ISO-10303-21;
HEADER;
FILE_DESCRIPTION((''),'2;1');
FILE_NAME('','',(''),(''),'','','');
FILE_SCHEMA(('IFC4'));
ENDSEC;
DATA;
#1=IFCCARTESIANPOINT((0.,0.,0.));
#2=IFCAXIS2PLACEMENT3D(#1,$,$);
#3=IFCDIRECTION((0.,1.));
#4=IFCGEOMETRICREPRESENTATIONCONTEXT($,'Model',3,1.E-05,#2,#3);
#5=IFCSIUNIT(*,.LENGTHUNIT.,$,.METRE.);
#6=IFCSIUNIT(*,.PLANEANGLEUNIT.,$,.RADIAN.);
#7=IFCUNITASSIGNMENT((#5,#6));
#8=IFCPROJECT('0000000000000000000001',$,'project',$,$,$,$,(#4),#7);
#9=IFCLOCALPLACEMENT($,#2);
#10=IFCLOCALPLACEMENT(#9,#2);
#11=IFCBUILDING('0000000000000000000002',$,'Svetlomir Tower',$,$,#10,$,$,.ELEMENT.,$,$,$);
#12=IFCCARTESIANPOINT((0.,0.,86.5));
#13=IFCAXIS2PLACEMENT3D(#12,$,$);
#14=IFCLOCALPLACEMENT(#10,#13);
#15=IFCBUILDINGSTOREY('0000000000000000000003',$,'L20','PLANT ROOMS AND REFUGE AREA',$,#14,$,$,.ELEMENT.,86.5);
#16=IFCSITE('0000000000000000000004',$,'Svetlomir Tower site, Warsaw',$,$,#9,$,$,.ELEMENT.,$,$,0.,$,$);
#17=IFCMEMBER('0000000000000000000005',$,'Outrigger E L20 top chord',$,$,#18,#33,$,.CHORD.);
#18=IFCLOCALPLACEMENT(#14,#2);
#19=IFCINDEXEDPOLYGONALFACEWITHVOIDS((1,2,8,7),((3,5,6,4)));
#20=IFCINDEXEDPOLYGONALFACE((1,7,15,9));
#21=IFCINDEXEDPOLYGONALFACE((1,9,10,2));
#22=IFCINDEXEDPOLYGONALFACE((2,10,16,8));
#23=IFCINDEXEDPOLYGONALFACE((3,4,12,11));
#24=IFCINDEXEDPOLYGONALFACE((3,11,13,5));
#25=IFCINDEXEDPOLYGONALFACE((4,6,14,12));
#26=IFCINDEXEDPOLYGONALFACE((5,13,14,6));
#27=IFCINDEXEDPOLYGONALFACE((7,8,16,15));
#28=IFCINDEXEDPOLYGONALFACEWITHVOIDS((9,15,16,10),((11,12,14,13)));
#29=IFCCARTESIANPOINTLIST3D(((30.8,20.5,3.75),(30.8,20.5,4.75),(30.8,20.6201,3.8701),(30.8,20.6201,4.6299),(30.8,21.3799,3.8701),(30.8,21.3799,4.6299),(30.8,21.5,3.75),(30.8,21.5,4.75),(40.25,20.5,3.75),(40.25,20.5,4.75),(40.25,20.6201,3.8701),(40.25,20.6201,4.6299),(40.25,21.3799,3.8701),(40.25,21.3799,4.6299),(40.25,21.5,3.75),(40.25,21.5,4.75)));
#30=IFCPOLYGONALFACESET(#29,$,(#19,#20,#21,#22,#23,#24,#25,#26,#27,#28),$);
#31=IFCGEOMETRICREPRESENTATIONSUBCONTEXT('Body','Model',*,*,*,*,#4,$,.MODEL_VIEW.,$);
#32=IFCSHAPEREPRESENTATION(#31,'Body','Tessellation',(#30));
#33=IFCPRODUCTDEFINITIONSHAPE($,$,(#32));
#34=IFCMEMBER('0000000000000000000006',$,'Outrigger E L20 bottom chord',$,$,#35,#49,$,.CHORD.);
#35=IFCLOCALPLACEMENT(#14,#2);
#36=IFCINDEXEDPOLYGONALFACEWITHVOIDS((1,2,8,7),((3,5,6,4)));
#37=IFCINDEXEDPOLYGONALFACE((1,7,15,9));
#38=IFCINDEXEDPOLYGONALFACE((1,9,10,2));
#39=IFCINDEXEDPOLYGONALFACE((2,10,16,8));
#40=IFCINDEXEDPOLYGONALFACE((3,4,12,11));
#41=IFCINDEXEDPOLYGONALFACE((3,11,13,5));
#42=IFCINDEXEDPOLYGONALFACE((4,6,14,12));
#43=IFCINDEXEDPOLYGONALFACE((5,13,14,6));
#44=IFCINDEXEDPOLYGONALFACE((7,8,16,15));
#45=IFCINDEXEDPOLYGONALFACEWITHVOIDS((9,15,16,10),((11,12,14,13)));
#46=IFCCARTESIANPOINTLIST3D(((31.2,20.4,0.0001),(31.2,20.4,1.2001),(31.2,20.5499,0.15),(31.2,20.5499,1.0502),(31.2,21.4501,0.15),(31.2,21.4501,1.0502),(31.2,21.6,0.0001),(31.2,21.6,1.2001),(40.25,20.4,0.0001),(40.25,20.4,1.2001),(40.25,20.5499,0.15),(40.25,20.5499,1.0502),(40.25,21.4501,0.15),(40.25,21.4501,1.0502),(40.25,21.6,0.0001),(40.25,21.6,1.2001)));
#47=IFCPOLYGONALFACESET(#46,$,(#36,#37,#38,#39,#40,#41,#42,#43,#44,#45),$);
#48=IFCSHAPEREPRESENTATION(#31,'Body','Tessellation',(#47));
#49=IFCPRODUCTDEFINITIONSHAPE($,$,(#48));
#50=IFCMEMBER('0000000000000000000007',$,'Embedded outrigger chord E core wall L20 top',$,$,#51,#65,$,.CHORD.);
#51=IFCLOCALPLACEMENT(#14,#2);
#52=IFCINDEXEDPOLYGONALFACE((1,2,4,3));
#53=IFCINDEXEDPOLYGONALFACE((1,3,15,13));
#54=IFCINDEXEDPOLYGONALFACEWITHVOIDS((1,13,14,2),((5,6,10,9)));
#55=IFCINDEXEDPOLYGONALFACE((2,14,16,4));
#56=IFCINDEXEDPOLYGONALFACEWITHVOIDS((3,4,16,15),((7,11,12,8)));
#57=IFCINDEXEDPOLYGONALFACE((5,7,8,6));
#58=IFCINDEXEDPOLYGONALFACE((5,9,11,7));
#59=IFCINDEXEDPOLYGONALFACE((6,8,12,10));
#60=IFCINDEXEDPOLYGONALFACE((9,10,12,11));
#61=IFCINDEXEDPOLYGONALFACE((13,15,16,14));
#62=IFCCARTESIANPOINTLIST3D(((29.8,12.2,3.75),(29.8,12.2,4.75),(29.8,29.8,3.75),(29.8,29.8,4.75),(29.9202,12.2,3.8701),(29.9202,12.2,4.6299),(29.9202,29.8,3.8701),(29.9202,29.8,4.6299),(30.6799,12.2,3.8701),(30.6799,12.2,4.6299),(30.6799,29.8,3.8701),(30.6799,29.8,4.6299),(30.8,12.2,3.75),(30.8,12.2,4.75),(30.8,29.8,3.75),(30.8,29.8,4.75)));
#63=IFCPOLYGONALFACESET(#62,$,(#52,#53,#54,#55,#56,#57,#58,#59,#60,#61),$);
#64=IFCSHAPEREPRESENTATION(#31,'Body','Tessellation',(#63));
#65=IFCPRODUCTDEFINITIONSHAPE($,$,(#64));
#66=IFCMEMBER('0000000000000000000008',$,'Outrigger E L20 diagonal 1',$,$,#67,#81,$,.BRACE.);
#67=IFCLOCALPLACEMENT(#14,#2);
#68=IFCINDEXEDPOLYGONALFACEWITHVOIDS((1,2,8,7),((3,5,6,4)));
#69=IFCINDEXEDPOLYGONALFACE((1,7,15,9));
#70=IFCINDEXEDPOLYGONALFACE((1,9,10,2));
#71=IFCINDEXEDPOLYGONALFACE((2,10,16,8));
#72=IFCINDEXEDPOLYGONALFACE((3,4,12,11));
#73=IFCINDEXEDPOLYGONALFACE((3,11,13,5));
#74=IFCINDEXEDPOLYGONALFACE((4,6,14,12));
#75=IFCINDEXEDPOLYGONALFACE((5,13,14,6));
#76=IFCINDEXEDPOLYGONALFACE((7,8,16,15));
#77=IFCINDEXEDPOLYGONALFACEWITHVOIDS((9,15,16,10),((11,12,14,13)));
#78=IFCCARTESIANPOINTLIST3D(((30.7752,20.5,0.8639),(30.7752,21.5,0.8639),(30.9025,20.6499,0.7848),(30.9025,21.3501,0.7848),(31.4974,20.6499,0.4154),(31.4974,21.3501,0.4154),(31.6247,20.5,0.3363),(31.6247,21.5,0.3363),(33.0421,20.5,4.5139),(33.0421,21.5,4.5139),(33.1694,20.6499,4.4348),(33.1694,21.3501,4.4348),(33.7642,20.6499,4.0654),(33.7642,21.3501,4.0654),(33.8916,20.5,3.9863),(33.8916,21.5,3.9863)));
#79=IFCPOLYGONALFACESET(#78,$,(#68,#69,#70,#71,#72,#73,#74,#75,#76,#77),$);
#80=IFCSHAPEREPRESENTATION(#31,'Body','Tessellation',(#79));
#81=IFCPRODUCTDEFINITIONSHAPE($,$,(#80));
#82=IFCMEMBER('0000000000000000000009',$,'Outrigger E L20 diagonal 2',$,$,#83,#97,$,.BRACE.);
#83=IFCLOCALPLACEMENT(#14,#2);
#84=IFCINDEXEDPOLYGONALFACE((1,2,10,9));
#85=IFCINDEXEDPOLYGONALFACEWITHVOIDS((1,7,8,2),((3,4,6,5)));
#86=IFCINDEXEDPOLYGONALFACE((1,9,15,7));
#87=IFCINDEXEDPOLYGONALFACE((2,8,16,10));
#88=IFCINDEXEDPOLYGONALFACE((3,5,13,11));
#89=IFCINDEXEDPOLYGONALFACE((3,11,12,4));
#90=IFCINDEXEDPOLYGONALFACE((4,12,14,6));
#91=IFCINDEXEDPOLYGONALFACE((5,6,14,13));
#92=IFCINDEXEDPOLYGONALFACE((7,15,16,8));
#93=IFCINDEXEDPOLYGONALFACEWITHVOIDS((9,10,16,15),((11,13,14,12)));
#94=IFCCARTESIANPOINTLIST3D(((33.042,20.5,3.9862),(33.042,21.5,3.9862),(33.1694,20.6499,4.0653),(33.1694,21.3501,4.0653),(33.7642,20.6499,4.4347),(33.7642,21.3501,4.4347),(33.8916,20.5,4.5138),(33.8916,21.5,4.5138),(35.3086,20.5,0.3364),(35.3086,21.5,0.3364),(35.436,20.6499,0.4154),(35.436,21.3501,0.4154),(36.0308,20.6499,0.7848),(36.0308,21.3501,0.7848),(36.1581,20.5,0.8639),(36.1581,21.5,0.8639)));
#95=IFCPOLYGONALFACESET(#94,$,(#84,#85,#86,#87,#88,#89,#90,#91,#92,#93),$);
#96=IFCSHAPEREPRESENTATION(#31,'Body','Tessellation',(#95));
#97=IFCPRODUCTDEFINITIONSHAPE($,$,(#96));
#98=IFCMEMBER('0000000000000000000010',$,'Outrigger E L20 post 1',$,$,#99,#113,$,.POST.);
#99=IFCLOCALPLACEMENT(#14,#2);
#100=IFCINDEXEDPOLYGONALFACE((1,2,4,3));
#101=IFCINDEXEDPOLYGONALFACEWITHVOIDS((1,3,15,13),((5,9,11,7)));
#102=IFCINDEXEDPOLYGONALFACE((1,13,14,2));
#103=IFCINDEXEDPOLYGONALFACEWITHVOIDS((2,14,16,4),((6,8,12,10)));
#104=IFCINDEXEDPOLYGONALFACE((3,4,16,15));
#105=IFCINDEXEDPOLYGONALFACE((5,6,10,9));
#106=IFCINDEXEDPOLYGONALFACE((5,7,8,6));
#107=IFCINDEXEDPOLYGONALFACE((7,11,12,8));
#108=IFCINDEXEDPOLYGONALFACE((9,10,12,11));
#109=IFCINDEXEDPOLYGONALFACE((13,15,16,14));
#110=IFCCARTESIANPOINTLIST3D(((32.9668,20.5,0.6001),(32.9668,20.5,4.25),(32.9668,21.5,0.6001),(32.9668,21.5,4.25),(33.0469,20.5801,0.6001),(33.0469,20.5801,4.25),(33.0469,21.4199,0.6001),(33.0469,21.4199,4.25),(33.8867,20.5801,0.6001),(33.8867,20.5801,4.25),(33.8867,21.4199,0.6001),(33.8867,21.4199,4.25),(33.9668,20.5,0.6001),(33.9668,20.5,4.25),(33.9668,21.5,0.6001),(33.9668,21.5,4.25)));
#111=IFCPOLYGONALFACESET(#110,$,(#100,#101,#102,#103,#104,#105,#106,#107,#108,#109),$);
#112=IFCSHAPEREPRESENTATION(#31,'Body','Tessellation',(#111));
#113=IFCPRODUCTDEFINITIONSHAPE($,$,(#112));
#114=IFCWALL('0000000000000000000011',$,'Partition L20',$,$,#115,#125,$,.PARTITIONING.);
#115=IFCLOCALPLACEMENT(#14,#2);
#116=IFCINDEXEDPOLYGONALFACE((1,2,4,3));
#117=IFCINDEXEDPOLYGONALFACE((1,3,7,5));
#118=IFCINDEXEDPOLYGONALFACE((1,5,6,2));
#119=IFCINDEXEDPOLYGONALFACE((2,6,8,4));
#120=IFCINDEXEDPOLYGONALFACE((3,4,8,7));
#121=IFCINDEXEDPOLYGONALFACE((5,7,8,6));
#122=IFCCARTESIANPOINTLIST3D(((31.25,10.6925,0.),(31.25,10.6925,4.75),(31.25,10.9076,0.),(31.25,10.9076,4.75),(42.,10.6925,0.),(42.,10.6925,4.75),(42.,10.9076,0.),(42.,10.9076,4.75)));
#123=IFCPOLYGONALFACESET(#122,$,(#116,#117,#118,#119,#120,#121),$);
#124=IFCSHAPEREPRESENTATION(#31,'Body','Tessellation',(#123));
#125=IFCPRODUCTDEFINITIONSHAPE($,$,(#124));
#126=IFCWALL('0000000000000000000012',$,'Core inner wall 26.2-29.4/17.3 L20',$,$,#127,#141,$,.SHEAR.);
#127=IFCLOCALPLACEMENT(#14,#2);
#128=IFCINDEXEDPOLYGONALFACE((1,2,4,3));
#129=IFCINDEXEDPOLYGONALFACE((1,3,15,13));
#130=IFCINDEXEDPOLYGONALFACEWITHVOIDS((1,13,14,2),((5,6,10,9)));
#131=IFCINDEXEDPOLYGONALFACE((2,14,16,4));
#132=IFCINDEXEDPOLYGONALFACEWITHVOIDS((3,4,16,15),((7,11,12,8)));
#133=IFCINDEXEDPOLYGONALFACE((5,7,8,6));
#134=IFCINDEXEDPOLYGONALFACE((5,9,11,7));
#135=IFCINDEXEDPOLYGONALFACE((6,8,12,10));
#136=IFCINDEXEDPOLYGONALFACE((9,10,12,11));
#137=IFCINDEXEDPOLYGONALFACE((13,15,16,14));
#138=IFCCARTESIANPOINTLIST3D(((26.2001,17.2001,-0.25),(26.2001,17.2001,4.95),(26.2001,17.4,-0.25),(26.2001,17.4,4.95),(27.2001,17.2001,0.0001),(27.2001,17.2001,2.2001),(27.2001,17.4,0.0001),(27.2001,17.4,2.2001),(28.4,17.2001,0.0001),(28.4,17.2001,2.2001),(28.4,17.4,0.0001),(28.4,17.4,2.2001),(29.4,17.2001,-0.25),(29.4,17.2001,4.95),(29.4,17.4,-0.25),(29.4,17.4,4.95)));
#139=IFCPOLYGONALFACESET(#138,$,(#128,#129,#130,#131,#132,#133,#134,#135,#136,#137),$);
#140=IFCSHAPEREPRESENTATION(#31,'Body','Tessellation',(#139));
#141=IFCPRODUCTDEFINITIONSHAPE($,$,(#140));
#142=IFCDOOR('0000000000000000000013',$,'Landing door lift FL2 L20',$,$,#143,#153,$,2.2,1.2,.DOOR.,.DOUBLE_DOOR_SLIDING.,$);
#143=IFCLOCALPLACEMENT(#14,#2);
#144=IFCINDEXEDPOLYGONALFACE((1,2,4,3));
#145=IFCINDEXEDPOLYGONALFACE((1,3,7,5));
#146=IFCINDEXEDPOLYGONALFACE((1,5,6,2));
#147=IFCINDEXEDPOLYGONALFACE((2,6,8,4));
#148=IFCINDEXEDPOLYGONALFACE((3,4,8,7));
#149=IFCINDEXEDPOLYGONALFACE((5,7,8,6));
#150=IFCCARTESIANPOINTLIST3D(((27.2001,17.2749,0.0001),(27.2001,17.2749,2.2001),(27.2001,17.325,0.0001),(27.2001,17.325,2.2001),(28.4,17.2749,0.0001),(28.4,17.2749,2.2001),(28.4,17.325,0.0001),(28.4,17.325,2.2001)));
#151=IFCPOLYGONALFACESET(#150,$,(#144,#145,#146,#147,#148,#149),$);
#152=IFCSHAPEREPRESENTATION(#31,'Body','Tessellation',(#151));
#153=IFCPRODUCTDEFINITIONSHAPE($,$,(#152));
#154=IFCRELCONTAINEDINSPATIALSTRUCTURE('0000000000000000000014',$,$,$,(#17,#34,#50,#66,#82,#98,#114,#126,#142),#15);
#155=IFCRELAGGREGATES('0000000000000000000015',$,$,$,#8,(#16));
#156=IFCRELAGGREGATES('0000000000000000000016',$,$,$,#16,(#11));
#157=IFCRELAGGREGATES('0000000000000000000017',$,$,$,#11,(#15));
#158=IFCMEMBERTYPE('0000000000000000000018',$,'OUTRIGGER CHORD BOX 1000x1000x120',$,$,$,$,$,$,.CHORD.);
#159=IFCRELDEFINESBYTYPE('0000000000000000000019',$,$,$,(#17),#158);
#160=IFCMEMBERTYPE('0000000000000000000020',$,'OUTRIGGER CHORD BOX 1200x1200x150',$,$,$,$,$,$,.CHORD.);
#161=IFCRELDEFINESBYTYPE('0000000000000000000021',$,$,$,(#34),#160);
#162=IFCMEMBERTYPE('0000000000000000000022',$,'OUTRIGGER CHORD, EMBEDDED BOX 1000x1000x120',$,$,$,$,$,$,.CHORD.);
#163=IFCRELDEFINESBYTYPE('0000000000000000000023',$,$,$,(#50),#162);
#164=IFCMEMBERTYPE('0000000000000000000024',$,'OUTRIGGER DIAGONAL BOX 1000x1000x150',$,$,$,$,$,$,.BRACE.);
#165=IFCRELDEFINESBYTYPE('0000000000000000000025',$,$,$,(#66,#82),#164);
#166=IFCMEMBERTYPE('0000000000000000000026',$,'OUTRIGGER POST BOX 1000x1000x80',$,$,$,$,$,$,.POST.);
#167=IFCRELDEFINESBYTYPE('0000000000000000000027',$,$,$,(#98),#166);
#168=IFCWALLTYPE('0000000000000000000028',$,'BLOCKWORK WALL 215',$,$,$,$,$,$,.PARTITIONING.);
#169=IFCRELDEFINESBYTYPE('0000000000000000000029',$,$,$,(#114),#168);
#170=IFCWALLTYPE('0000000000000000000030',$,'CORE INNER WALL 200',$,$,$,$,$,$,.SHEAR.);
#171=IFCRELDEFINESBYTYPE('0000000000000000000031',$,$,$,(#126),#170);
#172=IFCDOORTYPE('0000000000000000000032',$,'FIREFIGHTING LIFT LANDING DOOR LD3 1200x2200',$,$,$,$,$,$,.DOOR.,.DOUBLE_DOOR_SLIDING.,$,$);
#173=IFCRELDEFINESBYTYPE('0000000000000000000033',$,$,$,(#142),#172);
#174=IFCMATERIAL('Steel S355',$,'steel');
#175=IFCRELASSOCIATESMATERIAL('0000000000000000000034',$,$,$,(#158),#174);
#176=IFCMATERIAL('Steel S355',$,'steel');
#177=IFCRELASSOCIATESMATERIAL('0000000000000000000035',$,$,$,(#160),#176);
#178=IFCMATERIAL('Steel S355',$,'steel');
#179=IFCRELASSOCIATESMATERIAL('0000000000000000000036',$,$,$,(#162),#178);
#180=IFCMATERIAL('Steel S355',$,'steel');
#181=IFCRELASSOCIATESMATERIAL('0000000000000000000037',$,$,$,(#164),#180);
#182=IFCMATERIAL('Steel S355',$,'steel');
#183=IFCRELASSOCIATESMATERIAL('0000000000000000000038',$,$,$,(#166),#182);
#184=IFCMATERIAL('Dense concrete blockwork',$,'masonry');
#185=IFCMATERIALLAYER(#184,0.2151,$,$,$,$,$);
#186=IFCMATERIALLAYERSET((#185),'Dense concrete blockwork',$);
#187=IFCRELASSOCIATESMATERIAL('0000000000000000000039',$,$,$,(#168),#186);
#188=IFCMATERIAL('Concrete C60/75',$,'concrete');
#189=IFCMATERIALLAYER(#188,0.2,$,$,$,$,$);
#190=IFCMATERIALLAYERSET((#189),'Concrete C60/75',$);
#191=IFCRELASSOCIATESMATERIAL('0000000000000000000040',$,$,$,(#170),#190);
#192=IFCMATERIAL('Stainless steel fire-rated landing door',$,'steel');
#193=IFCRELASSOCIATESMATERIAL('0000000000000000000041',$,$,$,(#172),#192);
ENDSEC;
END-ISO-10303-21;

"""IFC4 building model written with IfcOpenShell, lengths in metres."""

from ifc_helpers import new_model, si_unit, direction, frame, frame_2d, origin, origin_2d, place, context, subcontext, project, spatial, rectangle, hollow_rectangle, extrude, material, layer, layer_set, material_profile, profile_set, type_object, element, fill, save


model = new_model("IFC4")

# Units and contexts
model_context = context("Model", 3, precision=1e-05, world=origin(), true_north=direction((0.0, 1.0)))
body_context = subcontext(model_context, "Body", "Model", "MODEL_VIEW")
ifc_project = project(units=[si_unit("LENGTHUNIT", "METRE"), si_unit("PLANEANGLEUNIT", "RADIAN")], contexts=[model_context])

# Site, building, storey
site_placement = place(None, origin())
site = spatial("IfcSite", under=ifc_project, at=site_placement, Name="Svetlomir Tower site, Warsaw", CompositionType="ELEMENT", RefElevation=0.0)
building_placement = place(site_placement, origin())
building = spatial("IfcBuilding", under=site, at=building_placement, Name="Svetlomir Tower", CompositionType="ELEMENT")
storey_placement = place(building_placement, frame((0.0, 0.0, 86.5)))
storey = spatial("IfcBuildingStorey", under=building, at=storey_placement, Name="L20", Description="PLANT ROOMS AND REFUGE AREA", CompositionType="ELEMENT", Elevation=86.5)

# Members
ifc_material_1 = material(Name="Steel S355", Category="steel")
ifc_material_profile_1 = material_profile(ifc_material_1, hollow_rectangle(XDim=1.0, YDim=1.0, WallThickness=0.1201, at=origin_2d()), Name="BOX 1000x1000x120")
ifc_profile_set_1 = profile_set([ifc_material_profile_1], Name="Steel S355")
member_type_1 = type_object("IfcMemberType", Name="OUTRIGGER CHORD BOX 1000x1000x120", PredefinedType="CHORD", material=ifc_profile_set_1)
member_1_placement = place(storey_placement, frame((30.8, 21.0, 4.25), z_axis=(1.0, 0.0, 0.0), x_axis=(0.0, 1.0, 0.0)))
element("IfcMember", 1, at=member_1_placement, inside=storey, type_object=member_type_1, Name="Outrigger E L20 top chord", PredefinedType="CHORD", context=body_context, shape_type="SweptSolid", body=[
    extrude(hollow_rectangle(XDim=1.0, YDim=1.0, WallThickness=0.1201, at=origin_2d()), origin(), (0.0, 0.0, 1.0), 9.45),
])
ifc_material_2 = material(Name="Steel S355", Category="steel")
ifc_material_profile_2 = material_profile(ifc_material_2, hollow_rectangle(XDim=1.2, YDim=1.2, WallThickness=0.1499, at=origin_2d()), Name="BOX 1200x1200x150")
ifc_profile_set_2 = profile_set([ifc_material_profile_2], Name="Steel S355")
member_type_2 = type_object("IfcMemberType", Name="OUTRIGGER CHORD BOX 1200x1200x150", PredefinedType="CHORD", material=ifc_profile_set_2)
member_2_placement = place(storey_placement, frame((31.2, 21.0, 0.6001), z_axis=(1.0, 0.0, 0.0), x_axis=(0.0, 1.0, 0.0)))
element("IfcMember", 2, at=member_2_placement, inside=storey, type_object=member_type_2, Name="Outrigger E L20 bottom chord", PredefinedType="CHORD", context=body_context, shape_type="SweptSolid", body=[
    extrude(hollow_rectangle(XDim=1.2, YDim=1.2, WallThickness=0.1499, at=origin_2d()), origin(), (0.0, 0.0, 1.0), 9.05),
])
ifc_material_3 = material(Name="Steel S355", Category="steel")
ifc_material_profile_3 = material_profile(ifc_material_3, hollow_rectangle(XDim=1.0, YDim=1.0, WallThickness=0.1201, at=origin_2d()), Name="BOX 1000x1000x120")
ifc_profile_set_3 = profile_set([ifc_material_profile_3], Name="Steel S355")
member_type_3 = type_object("IfcMemberType", Name="OUTRIGGER CHORD, EMBEDDED BOX 1000x1000x120", PredefinedType="CHORD", material=ifc_profile_set_3)
member_3_placement = place(storey_placement, frame((30.3, 12.2, 4.25), z_axis=(0.0, 1.0, 0.0), x_axis=(-1.0, 0.0, 0.0)))
element("IfcMember", 3, at=member_3_placement, inside=storey, type_object=member_type_3, Name="Embedded outrigger chord E core wall L20 top", PredefinedType="CHORD", context=body_context, shape_type="SweptSolid", body=[
    extrude(hollow_rectangle(XDim=1.0, YDim=1.0, WallThickness=0.1201, at=origin_2d()), origin(), (0.0, 0.0, 1.0), 17.6001),
])
ifc_material_4 = material(Name="Steel S355", Category="steel")
ifc_material_profile_4 = material_profile(ifc_material_4, hollow_rectangle(XDim=1.0, YDim=1.0, WallThickness=0.1499, at=origin_2d()), Name="BOX 1000x1000x150")
ifc_profile_set_4 = profile_set([ifc_material_profile_4], Name="Steel S355")
member_type_4 = type_object("IfcMemberType", Name="OUTRIGGER DIAGONAL BOX 1000x1000x150", PredefinedType="BRACE", material=ifc_profile_set_4)
member_4_placement = place(storey_placement, frame((31.2, 21.0, 0.6001), z_axis=(0.527596, 0.0, 0.849495), x_axis=(0.0, 1.0, 0.0)))
element("IfcMember", 4, at=member_4_placement, inside=storey, type_object=member_type_4, Name="Outrigger E L20 diagonal 1", PredefinedType="BRACE", context=body_context, shape_type="SweptSolid", body=[
    extrude(hollow_rectangle(XDim=1.0, YDim=1.0, WallThickness=0.1499, at=origin_2d()), origin(), (0.0, 0.0, 1.0), 4.2966),
])
member_5_placement = place(storey_placement, frame((33.4668, 21.0, 4.25), z_axis=(0.527555, 0.0, -0.849521), x_axis=(0.0, 1.0, 0.0)))
element("IfcMember", 5, at=member_5_placement, inside=storey, type_object=member_type_4, Name="Outrigger E L20 diagonal 2", PredefinedType="BRACE", context=body_context, shape_type="SweptSolid", body=[
    extrude(hollow_rectangle(XDim=1.0, YDim=1.0, WallThickness=0.1499, at=origin_2d()), origin(), (0.0, 0.0, 1.0), 4.2964),
])
ifc_material_5 = material(Name="Steel S355", Category="steel")
ifc_material_profile_5 = material_profile(ifc_material_5, hollow_rectangle(XDim=1.0, YDim=1.0, WallThickness=0.0801, at=origin_2d()), Name="BOX 1000x1000x80")
ifc_profile_set_5 = profile_set([ifc_material_profile_5], Name="Steel S355")
member_type_5 = type_object("IfcMemberType", Name="OUTRIGGER POST BOX 1000x1000x80", PredefinedType="POST", material=ifc_profile_set_5)
member_6_placement = place(storey_placement, frame((33.4668, 21.0, 0.6001), z_axis=(0.0, 0.0, 1.0), x_axis=(1.0, 0.0, 0.0)))
element("IfcMember", 6, at=member_6_placement, inside=storey, type_object=member_type_5, Name="Outrigger E L20 post 1", PredefinedType="POST", context=body_context, shape_type="SweptSolid", body=[
    extrude(hollow_rectangle(XDim=1.0, YDim=1.0, WallThickness=0.0801, at=origin_2d()), origin(), (0.0, 0.0, 1.0), 3.6499),
])

# Wall
ifc_material_6 = material(Name="Dense concrete blockwork", Category="masonry")
ifc_layer_1 = layer(ifc_material_6, 0.2151)
ifc_layer_set_1 = layer_set([ifc_layer_1], Name="Dense concrete blockwork")
wall_type_1 = type_object("IfcWallType", Name="BLOCKWORK WALL 215", PredefinedType="PARTITIONING", material=ifc_layer_set_1)
wall_1_placement = place(storey_placement, frame((31.25, 10.8, 0.0), z_axis=(0.0, 0.0, 1.0), x_axis=(1.0, 0.0, 0.0)))
element("IfcWall", 7, at=wall_1_placement, inside=storey, type_object=wall_type_1, Name="Partition L20", PredefinedType="PARTITIONING", context=body_context, shape_type="SweptSolid", body=[
    extrude(rectangle(XDim=10.75, YDim=0.2151, at=frame_2d((5.375, 0.0))), origin(), (0.0, 0.0, 1.0), 4.75),
])

# Wall, opening, door
ifc_material_7 = material(Name="Concrete C60/75", Category="concrete")
ifc_layer_2 = layer(ifc_material_7, 0.2)
ifc_layer_set_2 = layer_set([ifc_layer_2], Name="Concrete C60/75")
wall_type_2 = type_object("IfcWallType", Name="CORE INNER WALL 200", PredefinedType="SHEAR", material=ifc_layer_set_2)
wall_2_placement = place(storey_placement, frame((26.2, 17.3, -0.25), z_axis=(0.0, 0.0, 1.0), x_axis=(1.0, 0.0, 0.0)))
wall_2 = element("IfcWall", 8, at=wall_2_placement, inside=storey, type_object=wall_type_2, Name="Core inner wall 26.2-29.4/17.3 L20", PredefinedType="SHEAR", context=body_context, shape_type="SweptSolid", body=[
    extrude(rectangle(XDim=3.2, YDim=0.2, at=frame_2d((1.6001, 0.0))), origin(), (0.0, 0.0, 1.0), 5.2),
])
opening_1_placement = place(wall_2_placement, frame((1.0, 0.0, 0.25)))
opening_1 = element("IfcOpeningElement", 9, at=opening_1_placement, cuts=wall_2, PredefinedType="OPENING", context=body_context, shape_type="SweptSolid", body=[
    extrude(rectangle(XDim=1.2, YDim=2.2, at=frame_2d((0.6001, 1.1001))), frame((0.0, 0.1099, 0.0), z_axis=(0.0, -1.0, 0.0), x_axis=(1.0, 0.0, 0.0)), (0.0, 0.0, 1.0), 0.22),
])
ifc_material_8 = material(Name="Stainless steel fire-rated landing door", Category="steel")
door_type_1 = type_object("IfcDoorType", Name="FIREFIGHTING LIFT LANDING DOOR LD3 1200x2200", OperationType="DOUBLE_DOOR_SLIDING", PredefinedType="DOOR", material=ifc_material_8)
door_1_placement = place(opening_1_placement, origin())
door_1 = element("IfcDoor", 10, at=door_1_placement, inside=storey, type_object=door_type_1, Name="Landing door lift FL2 L20", OperationType="DOUBLE_DOOR_SLIDING", OverallHeight=2.2, OverallWidth=1.2, PredefinedType="DOOR", context=body_context, shape_type="SweptSolid", body=[
    extrude(rectangle(XDim=1.2, YDim=2.2, at=frame_2d((0.6001, 1.1001))), frame((0.0, 0.0249, 0.0), z_axis=(0.0, -1.0, 0.0), x_axis=(1.0, 0.0, 0.0)), (0.0, 0.0, 1.0), 0.05),
])
fill(opening_1, door_1)

save(model, "model.ifc")
